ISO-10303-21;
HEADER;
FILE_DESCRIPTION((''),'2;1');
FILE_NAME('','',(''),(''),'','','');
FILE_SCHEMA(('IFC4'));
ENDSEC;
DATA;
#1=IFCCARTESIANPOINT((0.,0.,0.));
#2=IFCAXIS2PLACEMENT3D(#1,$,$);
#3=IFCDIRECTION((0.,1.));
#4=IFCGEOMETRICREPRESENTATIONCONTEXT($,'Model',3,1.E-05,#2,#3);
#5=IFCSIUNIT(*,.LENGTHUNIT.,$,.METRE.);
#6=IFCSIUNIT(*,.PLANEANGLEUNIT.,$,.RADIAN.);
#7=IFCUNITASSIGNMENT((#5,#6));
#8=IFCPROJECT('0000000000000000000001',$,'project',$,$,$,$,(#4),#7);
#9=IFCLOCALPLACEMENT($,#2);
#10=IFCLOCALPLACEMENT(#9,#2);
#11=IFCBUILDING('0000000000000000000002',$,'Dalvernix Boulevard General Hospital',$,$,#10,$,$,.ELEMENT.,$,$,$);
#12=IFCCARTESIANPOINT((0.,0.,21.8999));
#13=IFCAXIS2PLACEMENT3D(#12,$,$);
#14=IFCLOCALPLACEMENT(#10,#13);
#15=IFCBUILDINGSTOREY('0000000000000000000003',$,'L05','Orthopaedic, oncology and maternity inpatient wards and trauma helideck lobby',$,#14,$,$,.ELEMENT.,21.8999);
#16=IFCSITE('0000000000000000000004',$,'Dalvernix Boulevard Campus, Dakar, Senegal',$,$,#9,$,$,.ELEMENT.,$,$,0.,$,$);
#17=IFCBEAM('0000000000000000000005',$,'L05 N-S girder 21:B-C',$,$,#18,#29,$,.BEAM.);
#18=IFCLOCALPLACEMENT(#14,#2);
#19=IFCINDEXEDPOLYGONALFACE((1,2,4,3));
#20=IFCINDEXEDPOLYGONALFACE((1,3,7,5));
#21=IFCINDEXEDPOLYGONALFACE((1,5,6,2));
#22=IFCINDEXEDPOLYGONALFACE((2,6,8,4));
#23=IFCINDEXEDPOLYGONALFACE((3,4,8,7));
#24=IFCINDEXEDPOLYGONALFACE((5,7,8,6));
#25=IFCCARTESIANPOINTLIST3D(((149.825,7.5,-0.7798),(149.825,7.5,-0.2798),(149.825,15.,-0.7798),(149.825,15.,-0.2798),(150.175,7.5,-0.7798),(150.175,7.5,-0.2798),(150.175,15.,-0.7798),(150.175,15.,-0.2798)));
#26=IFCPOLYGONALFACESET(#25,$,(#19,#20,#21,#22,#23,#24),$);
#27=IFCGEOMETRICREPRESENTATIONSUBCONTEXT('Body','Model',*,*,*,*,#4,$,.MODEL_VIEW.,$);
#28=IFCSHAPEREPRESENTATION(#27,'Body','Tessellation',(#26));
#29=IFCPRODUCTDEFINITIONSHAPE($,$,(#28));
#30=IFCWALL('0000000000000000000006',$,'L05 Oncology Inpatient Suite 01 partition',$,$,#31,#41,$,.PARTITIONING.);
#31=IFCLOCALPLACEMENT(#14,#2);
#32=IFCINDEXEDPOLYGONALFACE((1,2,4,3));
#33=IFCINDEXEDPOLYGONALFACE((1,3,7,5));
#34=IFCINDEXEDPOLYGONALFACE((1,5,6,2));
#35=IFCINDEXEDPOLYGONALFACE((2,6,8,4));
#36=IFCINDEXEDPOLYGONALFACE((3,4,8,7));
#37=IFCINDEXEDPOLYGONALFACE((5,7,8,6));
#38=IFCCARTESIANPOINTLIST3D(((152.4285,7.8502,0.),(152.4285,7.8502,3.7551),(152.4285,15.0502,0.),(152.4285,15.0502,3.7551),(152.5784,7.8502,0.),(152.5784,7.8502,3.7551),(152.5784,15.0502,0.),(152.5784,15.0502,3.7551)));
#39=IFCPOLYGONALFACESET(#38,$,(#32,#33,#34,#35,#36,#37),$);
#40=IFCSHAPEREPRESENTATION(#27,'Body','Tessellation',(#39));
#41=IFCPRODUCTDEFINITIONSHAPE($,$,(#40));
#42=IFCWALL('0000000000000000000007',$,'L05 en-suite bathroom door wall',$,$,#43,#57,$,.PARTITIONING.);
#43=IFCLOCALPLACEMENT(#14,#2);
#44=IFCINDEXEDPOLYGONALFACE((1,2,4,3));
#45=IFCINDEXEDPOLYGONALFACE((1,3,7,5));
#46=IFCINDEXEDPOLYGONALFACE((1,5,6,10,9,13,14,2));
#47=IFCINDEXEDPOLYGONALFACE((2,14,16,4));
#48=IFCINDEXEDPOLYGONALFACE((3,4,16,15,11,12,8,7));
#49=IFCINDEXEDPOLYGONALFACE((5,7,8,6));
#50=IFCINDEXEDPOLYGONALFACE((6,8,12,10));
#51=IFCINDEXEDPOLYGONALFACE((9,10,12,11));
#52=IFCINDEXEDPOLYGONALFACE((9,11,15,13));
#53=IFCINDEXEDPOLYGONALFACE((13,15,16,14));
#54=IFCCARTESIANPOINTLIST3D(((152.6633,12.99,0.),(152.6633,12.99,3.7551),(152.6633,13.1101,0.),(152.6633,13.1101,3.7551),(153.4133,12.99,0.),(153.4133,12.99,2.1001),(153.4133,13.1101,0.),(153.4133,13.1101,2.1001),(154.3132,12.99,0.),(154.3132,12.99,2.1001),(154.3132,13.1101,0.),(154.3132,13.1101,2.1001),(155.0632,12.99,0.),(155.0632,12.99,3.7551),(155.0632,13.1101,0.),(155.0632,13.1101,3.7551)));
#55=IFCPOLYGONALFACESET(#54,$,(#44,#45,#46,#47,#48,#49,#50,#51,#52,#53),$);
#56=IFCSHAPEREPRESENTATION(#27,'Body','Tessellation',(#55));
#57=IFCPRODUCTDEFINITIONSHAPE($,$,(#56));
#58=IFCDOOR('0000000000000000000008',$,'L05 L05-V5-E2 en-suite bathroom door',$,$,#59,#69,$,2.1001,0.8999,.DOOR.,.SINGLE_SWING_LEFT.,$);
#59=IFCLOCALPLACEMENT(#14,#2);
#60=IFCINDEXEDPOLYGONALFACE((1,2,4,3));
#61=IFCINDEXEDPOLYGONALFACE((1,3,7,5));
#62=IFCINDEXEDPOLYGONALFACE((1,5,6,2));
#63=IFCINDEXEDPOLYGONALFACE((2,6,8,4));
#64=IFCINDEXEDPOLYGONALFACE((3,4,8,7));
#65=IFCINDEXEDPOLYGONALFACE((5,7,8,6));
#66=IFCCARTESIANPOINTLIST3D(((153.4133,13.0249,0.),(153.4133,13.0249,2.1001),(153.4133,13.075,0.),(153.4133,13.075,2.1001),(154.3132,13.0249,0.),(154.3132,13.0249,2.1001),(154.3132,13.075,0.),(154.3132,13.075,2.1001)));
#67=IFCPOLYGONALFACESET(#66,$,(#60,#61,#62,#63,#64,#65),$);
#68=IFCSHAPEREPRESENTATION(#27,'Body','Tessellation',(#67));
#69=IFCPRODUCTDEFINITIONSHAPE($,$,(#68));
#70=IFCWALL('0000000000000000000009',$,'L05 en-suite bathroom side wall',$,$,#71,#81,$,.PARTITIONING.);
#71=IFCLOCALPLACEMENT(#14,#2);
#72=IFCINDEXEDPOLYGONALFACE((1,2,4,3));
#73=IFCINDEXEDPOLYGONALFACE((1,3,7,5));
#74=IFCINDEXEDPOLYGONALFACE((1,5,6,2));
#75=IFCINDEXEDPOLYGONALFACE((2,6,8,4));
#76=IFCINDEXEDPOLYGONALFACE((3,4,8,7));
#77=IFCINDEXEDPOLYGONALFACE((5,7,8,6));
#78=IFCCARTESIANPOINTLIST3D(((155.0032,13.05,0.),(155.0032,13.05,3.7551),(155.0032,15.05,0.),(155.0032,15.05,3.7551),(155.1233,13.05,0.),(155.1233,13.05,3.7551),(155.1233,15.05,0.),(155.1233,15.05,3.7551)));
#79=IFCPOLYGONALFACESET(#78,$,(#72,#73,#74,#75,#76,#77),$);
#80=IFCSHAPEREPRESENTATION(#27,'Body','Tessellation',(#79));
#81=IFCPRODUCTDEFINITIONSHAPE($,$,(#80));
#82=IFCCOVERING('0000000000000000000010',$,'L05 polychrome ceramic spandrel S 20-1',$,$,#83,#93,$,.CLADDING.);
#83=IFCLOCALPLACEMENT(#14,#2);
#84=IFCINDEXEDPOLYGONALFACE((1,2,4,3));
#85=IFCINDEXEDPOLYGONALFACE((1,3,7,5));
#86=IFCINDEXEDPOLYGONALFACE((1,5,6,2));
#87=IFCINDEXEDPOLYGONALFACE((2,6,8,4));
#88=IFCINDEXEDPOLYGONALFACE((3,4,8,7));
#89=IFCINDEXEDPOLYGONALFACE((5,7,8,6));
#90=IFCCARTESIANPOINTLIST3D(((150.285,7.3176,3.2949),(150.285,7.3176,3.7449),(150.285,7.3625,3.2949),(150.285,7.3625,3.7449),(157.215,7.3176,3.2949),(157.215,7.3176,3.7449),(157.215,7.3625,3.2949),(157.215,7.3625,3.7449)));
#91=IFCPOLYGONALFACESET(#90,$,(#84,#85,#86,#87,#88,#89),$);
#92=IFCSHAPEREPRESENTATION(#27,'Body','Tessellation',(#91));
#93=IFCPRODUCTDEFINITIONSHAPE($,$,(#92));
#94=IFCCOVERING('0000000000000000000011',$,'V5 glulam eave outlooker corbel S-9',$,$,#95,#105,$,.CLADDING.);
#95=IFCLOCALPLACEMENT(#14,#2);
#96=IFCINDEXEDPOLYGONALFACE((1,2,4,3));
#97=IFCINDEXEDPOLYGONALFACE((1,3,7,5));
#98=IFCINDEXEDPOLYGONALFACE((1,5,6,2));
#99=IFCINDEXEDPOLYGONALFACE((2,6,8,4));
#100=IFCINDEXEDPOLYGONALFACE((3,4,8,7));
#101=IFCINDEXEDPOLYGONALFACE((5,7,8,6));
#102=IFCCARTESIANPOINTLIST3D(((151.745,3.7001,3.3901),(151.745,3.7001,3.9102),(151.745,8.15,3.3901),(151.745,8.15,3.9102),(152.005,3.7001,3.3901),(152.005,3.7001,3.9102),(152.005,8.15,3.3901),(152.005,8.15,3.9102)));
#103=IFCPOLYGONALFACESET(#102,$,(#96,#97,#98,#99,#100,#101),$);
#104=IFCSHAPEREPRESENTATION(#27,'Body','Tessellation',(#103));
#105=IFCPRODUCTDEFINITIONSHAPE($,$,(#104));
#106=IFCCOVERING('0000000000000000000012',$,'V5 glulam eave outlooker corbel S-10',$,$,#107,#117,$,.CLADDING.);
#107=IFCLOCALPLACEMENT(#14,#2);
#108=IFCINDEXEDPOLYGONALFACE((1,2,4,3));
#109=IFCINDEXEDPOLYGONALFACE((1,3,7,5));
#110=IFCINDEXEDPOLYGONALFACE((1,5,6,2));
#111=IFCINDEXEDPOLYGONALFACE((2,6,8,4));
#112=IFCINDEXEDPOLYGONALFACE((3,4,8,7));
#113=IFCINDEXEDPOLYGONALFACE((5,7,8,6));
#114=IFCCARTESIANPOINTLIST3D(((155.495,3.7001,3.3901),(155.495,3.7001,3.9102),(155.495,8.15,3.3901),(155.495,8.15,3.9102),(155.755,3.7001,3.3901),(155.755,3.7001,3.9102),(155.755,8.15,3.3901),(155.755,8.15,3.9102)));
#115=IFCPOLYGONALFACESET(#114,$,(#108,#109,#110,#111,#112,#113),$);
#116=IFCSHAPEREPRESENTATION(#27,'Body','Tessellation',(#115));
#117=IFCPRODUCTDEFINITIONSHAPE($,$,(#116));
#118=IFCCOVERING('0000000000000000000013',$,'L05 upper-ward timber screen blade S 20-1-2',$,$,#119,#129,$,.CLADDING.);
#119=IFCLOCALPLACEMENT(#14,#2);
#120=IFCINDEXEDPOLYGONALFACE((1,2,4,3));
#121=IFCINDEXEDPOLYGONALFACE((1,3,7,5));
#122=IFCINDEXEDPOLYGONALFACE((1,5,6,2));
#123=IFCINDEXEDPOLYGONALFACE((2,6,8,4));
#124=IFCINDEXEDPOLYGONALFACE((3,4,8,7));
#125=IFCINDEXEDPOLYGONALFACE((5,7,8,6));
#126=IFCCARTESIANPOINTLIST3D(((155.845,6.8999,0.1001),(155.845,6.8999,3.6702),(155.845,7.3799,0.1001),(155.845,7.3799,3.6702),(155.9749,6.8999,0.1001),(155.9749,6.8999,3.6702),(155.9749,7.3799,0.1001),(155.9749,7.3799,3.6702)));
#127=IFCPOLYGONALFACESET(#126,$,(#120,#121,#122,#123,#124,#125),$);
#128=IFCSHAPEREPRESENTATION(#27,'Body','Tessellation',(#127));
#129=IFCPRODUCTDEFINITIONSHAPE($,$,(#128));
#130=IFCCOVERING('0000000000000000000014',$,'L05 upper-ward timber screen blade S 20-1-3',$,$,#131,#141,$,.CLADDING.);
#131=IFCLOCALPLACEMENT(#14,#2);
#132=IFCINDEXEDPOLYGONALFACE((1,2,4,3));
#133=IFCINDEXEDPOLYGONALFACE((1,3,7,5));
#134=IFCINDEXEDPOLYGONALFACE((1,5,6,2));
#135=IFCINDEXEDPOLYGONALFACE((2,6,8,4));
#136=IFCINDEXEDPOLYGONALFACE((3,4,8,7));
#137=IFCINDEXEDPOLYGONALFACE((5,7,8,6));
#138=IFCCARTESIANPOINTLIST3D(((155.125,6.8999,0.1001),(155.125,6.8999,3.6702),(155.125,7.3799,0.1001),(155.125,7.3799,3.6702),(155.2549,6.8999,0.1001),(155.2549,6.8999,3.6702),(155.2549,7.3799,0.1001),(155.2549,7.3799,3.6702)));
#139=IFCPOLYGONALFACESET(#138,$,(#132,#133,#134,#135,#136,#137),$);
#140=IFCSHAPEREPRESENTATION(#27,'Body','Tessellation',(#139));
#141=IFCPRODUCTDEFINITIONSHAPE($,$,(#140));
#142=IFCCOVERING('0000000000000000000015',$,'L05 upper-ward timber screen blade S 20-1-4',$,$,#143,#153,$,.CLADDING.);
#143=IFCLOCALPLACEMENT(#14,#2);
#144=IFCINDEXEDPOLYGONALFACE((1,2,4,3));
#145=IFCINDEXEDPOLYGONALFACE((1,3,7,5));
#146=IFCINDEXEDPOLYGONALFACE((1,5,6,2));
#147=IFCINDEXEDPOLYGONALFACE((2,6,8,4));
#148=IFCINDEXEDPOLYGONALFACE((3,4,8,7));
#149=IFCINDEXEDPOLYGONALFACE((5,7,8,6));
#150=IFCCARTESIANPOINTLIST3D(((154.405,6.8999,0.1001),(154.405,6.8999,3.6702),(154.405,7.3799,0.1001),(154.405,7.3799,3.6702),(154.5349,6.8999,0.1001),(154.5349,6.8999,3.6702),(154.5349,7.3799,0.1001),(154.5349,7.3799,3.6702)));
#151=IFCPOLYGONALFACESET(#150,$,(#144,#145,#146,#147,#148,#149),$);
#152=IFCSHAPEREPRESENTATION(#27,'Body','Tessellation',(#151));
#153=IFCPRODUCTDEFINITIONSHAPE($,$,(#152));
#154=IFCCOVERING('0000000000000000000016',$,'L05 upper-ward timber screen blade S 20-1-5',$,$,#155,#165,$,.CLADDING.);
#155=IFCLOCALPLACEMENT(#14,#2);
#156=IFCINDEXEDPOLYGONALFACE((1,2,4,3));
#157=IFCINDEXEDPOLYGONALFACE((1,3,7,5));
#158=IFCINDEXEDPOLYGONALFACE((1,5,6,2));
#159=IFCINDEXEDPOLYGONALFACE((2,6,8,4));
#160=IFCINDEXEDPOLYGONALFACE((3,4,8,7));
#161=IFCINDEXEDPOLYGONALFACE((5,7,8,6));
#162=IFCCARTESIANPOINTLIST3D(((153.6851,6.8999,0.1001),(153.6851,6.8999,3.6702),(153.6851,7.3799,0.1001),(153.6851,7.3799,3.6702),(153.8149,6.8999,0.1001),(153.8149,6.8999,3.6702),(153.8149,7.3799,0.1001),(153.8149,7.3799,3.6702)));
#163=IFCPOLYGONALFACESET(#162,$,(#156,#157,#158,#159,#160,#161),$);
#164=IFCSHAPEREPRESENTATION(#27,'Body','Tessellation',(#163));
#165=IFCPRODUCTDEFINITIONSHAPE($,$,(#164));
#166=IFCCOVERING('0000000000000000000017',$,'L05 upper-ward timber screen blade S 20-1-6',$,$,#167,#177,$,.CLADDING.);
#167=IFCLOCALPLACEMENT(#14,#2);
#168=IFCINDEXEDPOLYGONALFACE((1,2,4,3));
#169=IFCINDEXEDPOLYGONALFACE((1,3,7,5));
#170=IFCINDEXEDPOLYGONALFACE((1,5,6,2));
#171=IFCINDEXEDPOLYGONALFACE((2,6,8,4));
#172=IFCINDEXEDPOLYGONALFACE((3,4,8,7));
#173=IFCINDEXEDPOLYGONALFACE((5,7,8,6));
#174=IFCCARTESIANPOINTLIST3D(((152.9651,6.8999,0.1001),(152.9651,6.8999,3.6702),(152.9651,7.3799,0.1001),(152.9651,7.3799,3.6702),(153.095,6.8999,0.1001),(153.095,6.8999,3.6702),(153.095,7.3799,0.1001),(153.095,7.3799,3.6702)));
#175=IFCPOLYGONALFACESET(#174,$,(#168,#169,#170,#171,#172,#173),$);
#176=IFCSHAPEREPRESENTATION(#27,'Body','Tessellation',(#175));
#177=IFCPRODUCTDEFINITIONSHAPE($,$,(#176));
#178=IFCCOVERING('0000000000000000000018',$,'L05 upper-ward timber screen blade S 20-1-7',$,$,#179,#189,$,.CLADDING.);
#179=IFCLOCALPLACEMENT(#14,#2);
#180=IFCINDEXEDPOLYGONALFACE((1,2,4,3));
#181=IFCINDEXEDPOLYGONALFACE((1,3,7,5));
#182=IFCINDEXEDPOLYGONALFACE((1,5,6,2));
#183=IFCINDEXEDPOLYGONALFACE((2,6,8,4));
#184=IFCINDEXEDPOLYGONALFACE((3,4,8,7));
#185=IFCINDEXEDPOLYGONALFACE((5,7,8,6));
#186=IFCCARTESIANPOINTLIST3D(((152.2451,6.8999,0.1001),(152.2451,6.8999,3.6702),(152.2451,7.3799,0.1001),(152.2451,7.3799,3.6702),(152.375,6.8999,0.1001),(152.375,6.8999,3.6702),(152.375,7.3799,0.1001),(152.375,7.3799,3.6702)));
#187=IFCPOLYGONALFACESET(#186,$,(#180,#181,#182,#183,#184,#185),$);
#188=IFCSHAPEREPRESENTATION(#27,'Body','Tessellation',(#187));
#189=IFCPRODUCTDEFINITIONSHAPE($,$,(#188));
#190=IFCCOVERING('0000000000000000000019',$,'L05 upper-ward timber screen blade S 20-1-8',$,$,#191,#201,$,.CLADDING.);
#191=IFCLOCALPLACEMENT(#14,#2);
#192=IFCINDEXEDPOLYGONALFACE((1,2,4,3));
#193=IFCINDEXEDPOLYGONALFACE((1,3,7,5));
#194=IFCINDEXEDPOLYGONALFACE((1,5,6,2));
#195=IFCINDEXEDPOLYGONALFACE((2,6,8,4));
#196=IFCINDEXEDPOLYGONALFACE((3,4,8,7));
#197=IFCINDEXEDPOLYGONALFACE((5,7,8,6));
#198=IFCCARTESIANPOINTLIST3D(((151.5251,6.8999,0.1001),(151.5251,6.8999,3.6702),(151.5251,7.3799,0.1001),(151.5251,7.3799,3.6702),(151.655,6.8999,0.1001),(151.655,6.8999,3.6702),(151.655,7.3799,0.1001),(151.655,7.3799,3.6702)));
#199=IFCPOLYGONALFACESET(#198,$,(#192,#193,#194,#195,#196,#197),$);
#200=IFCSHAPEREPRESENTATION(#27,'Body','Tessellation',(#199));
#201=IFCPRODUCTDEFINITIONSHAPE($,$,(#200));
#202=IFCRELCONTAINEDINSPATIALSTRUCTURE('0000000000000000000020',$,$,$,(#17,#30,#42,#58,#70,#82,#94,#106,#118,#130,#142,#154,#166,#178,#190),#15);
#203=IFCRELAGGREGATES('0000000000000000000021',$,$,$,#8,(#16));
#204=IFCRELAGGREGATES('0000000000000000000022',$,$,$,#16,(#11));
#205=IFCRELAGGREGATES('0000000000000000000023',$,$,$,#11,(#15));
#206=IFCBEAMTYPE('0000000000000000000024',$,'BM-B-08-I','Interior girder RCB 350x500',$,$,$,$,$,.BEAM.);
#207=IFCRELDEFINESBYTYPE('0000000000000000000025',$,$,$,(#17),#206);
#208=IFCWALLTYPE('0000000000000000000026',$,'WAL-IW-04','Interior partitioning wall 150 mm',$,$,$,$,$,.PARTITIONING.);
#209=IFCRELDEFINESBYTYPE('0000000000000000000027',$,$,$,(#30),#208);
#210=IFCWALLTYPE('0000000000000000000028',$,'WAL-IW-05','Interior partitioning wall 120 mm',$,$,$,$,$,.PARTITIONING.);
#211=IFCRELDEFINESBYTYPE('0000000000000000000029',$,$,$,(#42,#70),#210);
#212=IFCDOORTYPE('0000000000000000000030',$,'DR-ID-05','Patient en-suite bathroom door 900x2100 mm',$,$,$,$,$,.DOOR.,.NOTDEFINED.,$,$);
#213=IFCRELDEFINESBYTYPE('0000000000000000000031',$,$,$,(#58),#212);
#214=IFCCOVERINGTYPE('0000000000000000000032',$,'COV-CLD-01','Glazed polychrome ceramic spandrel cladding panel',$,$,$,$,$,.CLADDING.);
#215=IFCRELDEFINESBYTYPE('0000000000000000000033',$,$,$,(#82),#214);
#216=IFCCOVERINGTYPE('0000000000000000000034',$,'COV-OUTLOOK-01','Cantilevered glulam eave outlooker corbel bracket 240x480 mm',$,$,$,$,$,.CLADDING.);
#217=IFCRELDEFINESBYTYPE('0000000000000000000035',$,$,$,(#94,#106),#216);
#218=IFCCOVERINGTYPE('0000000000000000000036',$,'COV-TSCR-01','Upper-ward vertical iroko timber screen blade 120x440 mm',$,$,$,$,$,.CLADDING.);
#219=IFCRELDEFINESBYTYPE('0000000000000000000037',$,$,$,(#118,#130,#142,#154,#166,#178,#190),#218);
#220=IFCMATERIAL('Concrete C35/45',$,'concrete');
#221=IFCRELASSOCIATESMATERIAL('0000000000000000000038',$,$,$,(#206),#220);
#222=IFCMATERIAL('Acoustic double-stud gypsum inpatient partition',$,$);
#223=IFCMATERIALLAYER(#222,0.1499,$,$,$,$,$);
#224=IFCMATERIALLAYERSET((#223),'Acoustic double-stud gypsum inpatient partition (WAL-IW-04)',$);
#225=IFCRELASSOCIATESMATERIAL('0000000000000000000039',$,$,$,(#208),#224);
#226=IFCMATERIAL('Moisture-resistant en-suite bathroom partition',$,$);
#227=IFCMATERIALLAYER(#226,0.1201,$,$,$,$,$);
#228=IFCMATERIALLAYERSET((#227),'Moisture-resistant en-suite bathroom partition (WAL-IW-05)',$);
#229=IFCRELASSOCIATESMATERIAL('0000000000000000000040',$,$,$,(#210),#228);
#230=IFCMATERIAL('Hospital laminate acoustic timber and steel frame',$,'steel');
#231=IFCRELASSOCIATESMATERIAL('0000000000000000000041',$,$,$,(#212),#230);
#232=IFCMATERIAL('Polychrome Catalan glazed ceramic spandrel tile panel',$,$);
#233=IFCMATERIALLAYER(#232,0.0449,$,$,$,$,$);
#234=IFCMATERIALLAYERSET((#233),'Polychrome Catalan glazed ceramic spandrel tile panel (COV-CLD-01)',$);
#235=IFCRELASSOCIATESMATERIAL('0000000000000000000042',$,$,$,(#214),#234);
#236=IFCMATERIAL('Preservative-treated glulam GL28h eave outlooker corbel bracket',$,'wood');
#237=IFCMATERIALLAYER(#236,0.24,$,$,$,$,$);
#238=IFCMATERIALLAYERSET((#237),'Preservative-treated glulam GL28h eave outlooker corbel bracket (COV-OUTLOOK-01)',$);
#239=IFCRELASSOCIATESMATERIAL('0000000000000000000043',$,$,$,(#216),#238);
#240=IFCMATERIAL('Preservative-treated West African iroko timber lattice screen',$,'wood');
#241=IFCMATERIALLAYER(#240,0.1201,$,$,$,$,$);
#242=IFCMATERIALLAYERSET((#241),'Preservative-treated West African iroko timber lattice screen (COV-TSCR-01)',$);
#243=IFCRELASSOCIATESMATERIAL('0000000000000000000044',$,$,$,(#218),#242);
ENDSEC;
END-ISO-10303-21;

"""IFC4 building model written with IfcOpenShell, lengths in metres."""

from ifc_helpers import new_model, si_unit, direction, frame, frame_2d, origin, origin_2d, place, context, subcontext, project, spatial, rectangle, extrude, material, layer, layer_set, material_profile, profile_set, type_object, element, fill, save


model = new_model("IFC4")

# Units and contexts
model_context = context("Model", 3, precision=1e-05, world=origin(), true_north=direction((0.0, 1.0)))
body_context = subcontext(model_context, "Body", "Model", "MODEL_VIEW")
ifc_project = project(units=[si_unit("LENGTHUNIT", "METRE"), si_unit("PLANEANGLEUNIT", "RADIAN")], contexts=[model_context])

# Site, building, storey
site_placement = place(None, origin())
site = spatial("IfcSite", under=ifc_project, at=site_placement, Name="Dalvernix Boulevard Campus, Dakar, Senegal", CompositionType="ELEMENT", RefElevation=0.0)
building_placement = place(site_placement, origin())
building = spatial("IfcBuilding", under=site, at=building_placement, Name="Dalvernix Boulevard General Hospital", CompositionType="ELEMENT")
storey_placement = place(building_placement, frame((0.0, 0.0, 21.8999)))
storey = spatial("IfcBuildingStorey", under=building, at=storey_placement, Name="L05", Description="Orthopaedic, oncology and maternity inpatient wards and trauma helideck lobby", CompositionType="ELEMENT", Elevation=21.8999)

# Beam
ifc_material_1 = material(Name="Concrete C35/45", Category="concrete")
ifc_material_profile = material_profile(ifc_material_1, rectangle(XDim=0.3501, YDim=0.5, at=origin_2d()), Name="RCB 350x500")
ifc_profile_set = profile_set([ifc_material_profile], Name="Concrete C35/45")
beam_type = type_object("IfcBeamType", Name="BM-B-08-I", Description="Interior girder RCB 350x500", PredefinedType="BEAM", material=ifc_profile_set)
beam_placement = place(storey_placement, frame((150.0, 7.5, -0.5298), z_axis=(0.0, 1.0, 0.0), x_axis=(-1.0, 0.0, 0.0)))
element("IfcBeam", 1, at=beam_placement, inside=storey, type_object=beam_type, Name="L05 N-S girder 21:B-C", PredefinedType="BEAM", context=body_context, shape_type="SweptSolid", body=[
    extrude(rectangle(XDim=0.3501, YDim=0.5, at=origin_2d()), origin(), (0.0, 0.0, 1.0), 7.5),
])

# Wall
ifc_material_2 = material(Name="Acoustic double-stud gypsum inpatient partition")
ifc_layer_1 = layer(ifc_material_2, 0.1499)
ifc_layer_set_1 = layer_set([ifc_layer_1], Name="Acoustic double-stud gypsum inpatient partition (WAL-IW-04)")
wall_type_1 = type_object("IfcWallType", Name="WAL-IW-04", Description="Interior partitioning wall 150 mm", PredefinedType="PARTITIONING", material=ifc_layer_set_1)
wall_1_placement = place(storey_placement, frame((152.5034, 7.8501, 0.0), z_axis=(0.0, 0.0, 1.0), x_axis=(0.0, 1.0, 0.0)))
element("IfcWall", 2, at=wall_1_placement, inside=storey, type_object=wall_type_1, Name="L05 Oncology Inpatient Suite 01 partition", PredefinedType="PARTITIONING", context=body_context, shape_type="SweptSolid", body=[
    extrude(rectangle(XDim=7.2, YDim=0.1499, at=frame_2d((3.6001, 0.0))), origin(), (0.0, 0.0, 1.0), 3.7551),
])

# Wall, opening, door
ifc_material_3 = material(Name="Moisture-resistant en-suite bathroom partition")
ifc_layer_2 = layer(ifc_material_3, 0.1201)
ifc_layer_set_2 = layer_set([ifc_layer_2], Name="Moisture-resistant en-suite bathroom partition (WAL-IW-05)")
wall_type_2 = type_object("IfcWallType", Name="WAL-IW-05", Description="Interior partitioning wall 120 mm", PredefinedType="PARTITIONING", material=ifc_layer_set_2)
wall_2_placement = place(storey_placement, frame((152.6633, 13.05, 0.0), z_axis=(0.0, 0.0, 1.0), x_axis=(1.0, 0.0, 0.0)))
wall_2 = element("IfcWall", 3, at=wall_2_placement, inside=storey, type_object=wall_type_2, Name="L05 en-suite bathroom door wall", PredefinedType="PARTITIONING", context=body_context, shape_type="SweptSolid", body=[
    extrude(rectangle(XDim=2.3999, YDim=0.1201, at=frame_2d((1.2, 0.0))), origin(), (0.0, 0.0, 1.0), 3.7551),
])
opening_placement = place(wall_2_placement, frame((0.75, 0.0, 0.0)))
opening = element("IfcOpeningElement", 4, at=opening_placement, cuts=wall_2, PredefinedType="OPENING", context=body_context, shape_type="SweptSolid", body=[
    extrude(rectangle(XDim=0.8999, YDim=2.1001, at=frame_2d((0.45, 1.05))), frame((0.0, 0.0701, 0.0), z_axis=(0.0, -1.0, 0.0), x_axis=(1.0, 0.0, 0.0)), (0.0, 0.0, 1.0), 0.1401),
])
ifc_material_4 = material(Name="Hospital laminate acoustic timber and steel frame", Category="steel")
door_type = type_object("IfcDoorType", Name="DR-ID-05", Description="Patient en-suite bathroom door 900x2100 mm", OperationType="NOTDEFINED", PredefinedType="DOOR", material=ifc_material_4)
door_placement = place(opening_placement, origin())
door = element("IfcDoor", 5, at=door_placement, inside=storey, type_object=door_type, Name="L05 L05-V5-E2 en-suite bathroom door", OperationType="SINGLE_SWING_LEFT", OverallHeight=2.1001, OverallWidth=0.8999, PredefinedType="DOOR", context=body_context, shape_type="SweptSolid", body=[
    extrude(rectangle(XDim=0.8999, YDim=2.1001, at=frame_2d((0.45, 1.05))), frame((0.0, 0.0249, 0.0), z_axis=(0.0, -1.0, 0.0), x_axis=(1.0, 0.0, 0.0)), (0.0, 0.0, 1.0), 0.05),
])
fill(opening, door)

# Wall
wall_3_placement = place(storey_placement, frame((155.0632, 13.05, 0.0), z_axis=(0.0, 0.0, 1.0), x_axis=(0.0, 1.0, 0.0)))
element("IfcWall", 6, at=wall_3_placement, inside=storey, type_object=wall_type_2, Name="L05 en-suite bathroom side wall", PredefinedType="PARTITIONING", context=body_context, shape_type="SweptSolid", body=[
    extrude(rectangle(XDim=2.0, YDim=0.1201, at=frame_2d((1.0, 0.0))), origin(), (0.0, 0.0, 1.0), 3.7551),
])

# Coverings
ifc_material_5 = material(Name="Polychrome Catalan glazed ceramic spandrel tile panel")
ifc_layer_3 = layer(ifc_material_5, 0.0449)
ifc_layer_set_3 = layer_set([ifc_layer_3], Name="Polychrome Catalan glazed ceramic spandrel tile panel (COV-CLD-01)")
covering_type_1 = type_object("IfcCoveringType", Name="COV-CLD-01", Description="Glazed polychrome ceramic spandrel cladding panel", PredefinedType="CLADDING", material=ifc_layer_set_3)
covering_placement = place(storey_placement, frame((153.75, 7.3401, 3.2949), z_axis=(0.0, 0.0, 1.0), x_axis=(-1.0, 0.0, 0.0)))
element("IfcCovering", 7, at=covering_placement, inside=storey, type_object=covering_type_1, Name="L05 polychrome ceramic spandrel S 20-1", PredefinedType="CLADDING", context=body_context, shape_type="SweptSolid", body=[
    extrude(rectangle(XDim=6.9299, YDim=0.0449, at=origin_2d()), origin(), (0.0, 0.0, 1.0), 0.45),
])
ifc_material_6 = material(Name="Preservative-treated glulam GL28h eave outlooker corbel bracket", Category="wood")
ifc_layer_4 = layer(ifc_material_6, 0.24)
ifc_layer_set_4 = layer_set([ifc_layer_4], Name="Preservative-treated glulam GL28h eave outlooker corbel bracket (COV-OUTLOOK-01)")
covering_type_2 = type_object("IfcCoveringType", Name="COV-OUTLOOK-01", Description="Cantilevered glulam eave outlooker corbel bracket 240x480 mm", PredefinedType="CLADDING", material=ifc_layer_set_4)
for number, where, z_axis, x_axis, name in (
    (8, (151.875, 5.925, 3.3901), (0.0, 0.0, 1.0), (1.0, 0.0, 0.0), "V5 glulam eave outlooker corbel S-9"),
    (9, (155.625, 5.925, 3.3901), (0.0, 0.0, 1.0), (1.0, 0.0, 0.0), "V5 glulam eave outlooker corbel S-10"),
):
    element("IfcCovering", number, at=place(storey_placement, frame(where, z_axis=z_axis, x_axis=x_axis)), inside=storey, type_object=covering_type_2, Name=name, PredefinedType="CLADDING", context=body_context, shape_type="SweptSolid", body=[
        extrude(rectangle(XDim=0.26, YDim=4.45, at=origin_2d()), origin(), (0.0, 0.0, 1.0), 0.52),
    ])
ifc_material_7 = material(Name="Preservative-treated West African iroko timber lattice screen", Category="wood")
ifc_layer_5 = layer(ifc_material_7, 0.1201)
ifc_layer_set_5 = layer_set([ifc_layer_5], Name="Preservative-treated West African iroko timber lattice screen (COV-TSCR-01)")
covering_type_3 = type_object("IfcCoveringType", Name="COV-TSCR-01", Description="Upper-ward vertical iroko timber screen blade 120x440 mm", PredefinedType="CLADDING", material=ifc_layer_set_5)
for number, where, z_axis, x_axis, name in (
    (10, (155.9099, 7.1399, 0.1001), (0.0, 0.0, 1.0), (-1.0, 0.0, 0.0), "L05 upper-ward timber screen blade S 20-1-2"),
    (11, (155.1899, 7.1399, 0.1001), (0.0, 0.0, 1.0), (-1.0, 0.0, 0.0), "L05 upper-ward timber screen blade S 20-1-3"),
    (12, (154.47, 7.1399, 0.1001), (0.0, 0.0, 1.0), (-1.0, 0.0, 0.0), "L05 upper-ward timber screen blade S 20-1-4"),
    (13, (153.75, 7.1399, 0.1001), (0.0, 0.0, 1.0), (-1.0, 0.0, 0.0), "L05 upper-ward timber screen blade S 20-1-5"),
    (14, (153.03, 7.1399, 0.1001), (0.0, 0.0, 1.0), (-1.0, 0.0, 0.0), "L05 upper-ward timber screen blade S 20-1-6"),
    (15, (152.3101, 7.1399, 0.1001), (0.0, 0.0, 1.0), (-1.0, 0.0, 0.0), "L05 upper-ward timber screen blade S 20-1-7"),
    (16, (151.5901, 7.1399, 0.1001), (0.0, 0.0, 1.0), (-1.0, 0.0, 0.0), "L05 upper-ward timber screen blade S 20-1-8"),
):
    element("IfcCovering", number, at=place(storey_placement, frame(where, z_axis=z_axis, x_axis=x_axis)), inside=storey, type_object=covering_type_3, Name=name, PredefinedType="CLADDING", context=body_context, shape_type="SweptSolid", body=[
        extrude(rectangle(XDim=0.1299, YDim=0.48, at=origin_2d()), origin(), (0.0, 0.0, 1.0), 3.5701),
    ])

save(model, "model.ifc")
